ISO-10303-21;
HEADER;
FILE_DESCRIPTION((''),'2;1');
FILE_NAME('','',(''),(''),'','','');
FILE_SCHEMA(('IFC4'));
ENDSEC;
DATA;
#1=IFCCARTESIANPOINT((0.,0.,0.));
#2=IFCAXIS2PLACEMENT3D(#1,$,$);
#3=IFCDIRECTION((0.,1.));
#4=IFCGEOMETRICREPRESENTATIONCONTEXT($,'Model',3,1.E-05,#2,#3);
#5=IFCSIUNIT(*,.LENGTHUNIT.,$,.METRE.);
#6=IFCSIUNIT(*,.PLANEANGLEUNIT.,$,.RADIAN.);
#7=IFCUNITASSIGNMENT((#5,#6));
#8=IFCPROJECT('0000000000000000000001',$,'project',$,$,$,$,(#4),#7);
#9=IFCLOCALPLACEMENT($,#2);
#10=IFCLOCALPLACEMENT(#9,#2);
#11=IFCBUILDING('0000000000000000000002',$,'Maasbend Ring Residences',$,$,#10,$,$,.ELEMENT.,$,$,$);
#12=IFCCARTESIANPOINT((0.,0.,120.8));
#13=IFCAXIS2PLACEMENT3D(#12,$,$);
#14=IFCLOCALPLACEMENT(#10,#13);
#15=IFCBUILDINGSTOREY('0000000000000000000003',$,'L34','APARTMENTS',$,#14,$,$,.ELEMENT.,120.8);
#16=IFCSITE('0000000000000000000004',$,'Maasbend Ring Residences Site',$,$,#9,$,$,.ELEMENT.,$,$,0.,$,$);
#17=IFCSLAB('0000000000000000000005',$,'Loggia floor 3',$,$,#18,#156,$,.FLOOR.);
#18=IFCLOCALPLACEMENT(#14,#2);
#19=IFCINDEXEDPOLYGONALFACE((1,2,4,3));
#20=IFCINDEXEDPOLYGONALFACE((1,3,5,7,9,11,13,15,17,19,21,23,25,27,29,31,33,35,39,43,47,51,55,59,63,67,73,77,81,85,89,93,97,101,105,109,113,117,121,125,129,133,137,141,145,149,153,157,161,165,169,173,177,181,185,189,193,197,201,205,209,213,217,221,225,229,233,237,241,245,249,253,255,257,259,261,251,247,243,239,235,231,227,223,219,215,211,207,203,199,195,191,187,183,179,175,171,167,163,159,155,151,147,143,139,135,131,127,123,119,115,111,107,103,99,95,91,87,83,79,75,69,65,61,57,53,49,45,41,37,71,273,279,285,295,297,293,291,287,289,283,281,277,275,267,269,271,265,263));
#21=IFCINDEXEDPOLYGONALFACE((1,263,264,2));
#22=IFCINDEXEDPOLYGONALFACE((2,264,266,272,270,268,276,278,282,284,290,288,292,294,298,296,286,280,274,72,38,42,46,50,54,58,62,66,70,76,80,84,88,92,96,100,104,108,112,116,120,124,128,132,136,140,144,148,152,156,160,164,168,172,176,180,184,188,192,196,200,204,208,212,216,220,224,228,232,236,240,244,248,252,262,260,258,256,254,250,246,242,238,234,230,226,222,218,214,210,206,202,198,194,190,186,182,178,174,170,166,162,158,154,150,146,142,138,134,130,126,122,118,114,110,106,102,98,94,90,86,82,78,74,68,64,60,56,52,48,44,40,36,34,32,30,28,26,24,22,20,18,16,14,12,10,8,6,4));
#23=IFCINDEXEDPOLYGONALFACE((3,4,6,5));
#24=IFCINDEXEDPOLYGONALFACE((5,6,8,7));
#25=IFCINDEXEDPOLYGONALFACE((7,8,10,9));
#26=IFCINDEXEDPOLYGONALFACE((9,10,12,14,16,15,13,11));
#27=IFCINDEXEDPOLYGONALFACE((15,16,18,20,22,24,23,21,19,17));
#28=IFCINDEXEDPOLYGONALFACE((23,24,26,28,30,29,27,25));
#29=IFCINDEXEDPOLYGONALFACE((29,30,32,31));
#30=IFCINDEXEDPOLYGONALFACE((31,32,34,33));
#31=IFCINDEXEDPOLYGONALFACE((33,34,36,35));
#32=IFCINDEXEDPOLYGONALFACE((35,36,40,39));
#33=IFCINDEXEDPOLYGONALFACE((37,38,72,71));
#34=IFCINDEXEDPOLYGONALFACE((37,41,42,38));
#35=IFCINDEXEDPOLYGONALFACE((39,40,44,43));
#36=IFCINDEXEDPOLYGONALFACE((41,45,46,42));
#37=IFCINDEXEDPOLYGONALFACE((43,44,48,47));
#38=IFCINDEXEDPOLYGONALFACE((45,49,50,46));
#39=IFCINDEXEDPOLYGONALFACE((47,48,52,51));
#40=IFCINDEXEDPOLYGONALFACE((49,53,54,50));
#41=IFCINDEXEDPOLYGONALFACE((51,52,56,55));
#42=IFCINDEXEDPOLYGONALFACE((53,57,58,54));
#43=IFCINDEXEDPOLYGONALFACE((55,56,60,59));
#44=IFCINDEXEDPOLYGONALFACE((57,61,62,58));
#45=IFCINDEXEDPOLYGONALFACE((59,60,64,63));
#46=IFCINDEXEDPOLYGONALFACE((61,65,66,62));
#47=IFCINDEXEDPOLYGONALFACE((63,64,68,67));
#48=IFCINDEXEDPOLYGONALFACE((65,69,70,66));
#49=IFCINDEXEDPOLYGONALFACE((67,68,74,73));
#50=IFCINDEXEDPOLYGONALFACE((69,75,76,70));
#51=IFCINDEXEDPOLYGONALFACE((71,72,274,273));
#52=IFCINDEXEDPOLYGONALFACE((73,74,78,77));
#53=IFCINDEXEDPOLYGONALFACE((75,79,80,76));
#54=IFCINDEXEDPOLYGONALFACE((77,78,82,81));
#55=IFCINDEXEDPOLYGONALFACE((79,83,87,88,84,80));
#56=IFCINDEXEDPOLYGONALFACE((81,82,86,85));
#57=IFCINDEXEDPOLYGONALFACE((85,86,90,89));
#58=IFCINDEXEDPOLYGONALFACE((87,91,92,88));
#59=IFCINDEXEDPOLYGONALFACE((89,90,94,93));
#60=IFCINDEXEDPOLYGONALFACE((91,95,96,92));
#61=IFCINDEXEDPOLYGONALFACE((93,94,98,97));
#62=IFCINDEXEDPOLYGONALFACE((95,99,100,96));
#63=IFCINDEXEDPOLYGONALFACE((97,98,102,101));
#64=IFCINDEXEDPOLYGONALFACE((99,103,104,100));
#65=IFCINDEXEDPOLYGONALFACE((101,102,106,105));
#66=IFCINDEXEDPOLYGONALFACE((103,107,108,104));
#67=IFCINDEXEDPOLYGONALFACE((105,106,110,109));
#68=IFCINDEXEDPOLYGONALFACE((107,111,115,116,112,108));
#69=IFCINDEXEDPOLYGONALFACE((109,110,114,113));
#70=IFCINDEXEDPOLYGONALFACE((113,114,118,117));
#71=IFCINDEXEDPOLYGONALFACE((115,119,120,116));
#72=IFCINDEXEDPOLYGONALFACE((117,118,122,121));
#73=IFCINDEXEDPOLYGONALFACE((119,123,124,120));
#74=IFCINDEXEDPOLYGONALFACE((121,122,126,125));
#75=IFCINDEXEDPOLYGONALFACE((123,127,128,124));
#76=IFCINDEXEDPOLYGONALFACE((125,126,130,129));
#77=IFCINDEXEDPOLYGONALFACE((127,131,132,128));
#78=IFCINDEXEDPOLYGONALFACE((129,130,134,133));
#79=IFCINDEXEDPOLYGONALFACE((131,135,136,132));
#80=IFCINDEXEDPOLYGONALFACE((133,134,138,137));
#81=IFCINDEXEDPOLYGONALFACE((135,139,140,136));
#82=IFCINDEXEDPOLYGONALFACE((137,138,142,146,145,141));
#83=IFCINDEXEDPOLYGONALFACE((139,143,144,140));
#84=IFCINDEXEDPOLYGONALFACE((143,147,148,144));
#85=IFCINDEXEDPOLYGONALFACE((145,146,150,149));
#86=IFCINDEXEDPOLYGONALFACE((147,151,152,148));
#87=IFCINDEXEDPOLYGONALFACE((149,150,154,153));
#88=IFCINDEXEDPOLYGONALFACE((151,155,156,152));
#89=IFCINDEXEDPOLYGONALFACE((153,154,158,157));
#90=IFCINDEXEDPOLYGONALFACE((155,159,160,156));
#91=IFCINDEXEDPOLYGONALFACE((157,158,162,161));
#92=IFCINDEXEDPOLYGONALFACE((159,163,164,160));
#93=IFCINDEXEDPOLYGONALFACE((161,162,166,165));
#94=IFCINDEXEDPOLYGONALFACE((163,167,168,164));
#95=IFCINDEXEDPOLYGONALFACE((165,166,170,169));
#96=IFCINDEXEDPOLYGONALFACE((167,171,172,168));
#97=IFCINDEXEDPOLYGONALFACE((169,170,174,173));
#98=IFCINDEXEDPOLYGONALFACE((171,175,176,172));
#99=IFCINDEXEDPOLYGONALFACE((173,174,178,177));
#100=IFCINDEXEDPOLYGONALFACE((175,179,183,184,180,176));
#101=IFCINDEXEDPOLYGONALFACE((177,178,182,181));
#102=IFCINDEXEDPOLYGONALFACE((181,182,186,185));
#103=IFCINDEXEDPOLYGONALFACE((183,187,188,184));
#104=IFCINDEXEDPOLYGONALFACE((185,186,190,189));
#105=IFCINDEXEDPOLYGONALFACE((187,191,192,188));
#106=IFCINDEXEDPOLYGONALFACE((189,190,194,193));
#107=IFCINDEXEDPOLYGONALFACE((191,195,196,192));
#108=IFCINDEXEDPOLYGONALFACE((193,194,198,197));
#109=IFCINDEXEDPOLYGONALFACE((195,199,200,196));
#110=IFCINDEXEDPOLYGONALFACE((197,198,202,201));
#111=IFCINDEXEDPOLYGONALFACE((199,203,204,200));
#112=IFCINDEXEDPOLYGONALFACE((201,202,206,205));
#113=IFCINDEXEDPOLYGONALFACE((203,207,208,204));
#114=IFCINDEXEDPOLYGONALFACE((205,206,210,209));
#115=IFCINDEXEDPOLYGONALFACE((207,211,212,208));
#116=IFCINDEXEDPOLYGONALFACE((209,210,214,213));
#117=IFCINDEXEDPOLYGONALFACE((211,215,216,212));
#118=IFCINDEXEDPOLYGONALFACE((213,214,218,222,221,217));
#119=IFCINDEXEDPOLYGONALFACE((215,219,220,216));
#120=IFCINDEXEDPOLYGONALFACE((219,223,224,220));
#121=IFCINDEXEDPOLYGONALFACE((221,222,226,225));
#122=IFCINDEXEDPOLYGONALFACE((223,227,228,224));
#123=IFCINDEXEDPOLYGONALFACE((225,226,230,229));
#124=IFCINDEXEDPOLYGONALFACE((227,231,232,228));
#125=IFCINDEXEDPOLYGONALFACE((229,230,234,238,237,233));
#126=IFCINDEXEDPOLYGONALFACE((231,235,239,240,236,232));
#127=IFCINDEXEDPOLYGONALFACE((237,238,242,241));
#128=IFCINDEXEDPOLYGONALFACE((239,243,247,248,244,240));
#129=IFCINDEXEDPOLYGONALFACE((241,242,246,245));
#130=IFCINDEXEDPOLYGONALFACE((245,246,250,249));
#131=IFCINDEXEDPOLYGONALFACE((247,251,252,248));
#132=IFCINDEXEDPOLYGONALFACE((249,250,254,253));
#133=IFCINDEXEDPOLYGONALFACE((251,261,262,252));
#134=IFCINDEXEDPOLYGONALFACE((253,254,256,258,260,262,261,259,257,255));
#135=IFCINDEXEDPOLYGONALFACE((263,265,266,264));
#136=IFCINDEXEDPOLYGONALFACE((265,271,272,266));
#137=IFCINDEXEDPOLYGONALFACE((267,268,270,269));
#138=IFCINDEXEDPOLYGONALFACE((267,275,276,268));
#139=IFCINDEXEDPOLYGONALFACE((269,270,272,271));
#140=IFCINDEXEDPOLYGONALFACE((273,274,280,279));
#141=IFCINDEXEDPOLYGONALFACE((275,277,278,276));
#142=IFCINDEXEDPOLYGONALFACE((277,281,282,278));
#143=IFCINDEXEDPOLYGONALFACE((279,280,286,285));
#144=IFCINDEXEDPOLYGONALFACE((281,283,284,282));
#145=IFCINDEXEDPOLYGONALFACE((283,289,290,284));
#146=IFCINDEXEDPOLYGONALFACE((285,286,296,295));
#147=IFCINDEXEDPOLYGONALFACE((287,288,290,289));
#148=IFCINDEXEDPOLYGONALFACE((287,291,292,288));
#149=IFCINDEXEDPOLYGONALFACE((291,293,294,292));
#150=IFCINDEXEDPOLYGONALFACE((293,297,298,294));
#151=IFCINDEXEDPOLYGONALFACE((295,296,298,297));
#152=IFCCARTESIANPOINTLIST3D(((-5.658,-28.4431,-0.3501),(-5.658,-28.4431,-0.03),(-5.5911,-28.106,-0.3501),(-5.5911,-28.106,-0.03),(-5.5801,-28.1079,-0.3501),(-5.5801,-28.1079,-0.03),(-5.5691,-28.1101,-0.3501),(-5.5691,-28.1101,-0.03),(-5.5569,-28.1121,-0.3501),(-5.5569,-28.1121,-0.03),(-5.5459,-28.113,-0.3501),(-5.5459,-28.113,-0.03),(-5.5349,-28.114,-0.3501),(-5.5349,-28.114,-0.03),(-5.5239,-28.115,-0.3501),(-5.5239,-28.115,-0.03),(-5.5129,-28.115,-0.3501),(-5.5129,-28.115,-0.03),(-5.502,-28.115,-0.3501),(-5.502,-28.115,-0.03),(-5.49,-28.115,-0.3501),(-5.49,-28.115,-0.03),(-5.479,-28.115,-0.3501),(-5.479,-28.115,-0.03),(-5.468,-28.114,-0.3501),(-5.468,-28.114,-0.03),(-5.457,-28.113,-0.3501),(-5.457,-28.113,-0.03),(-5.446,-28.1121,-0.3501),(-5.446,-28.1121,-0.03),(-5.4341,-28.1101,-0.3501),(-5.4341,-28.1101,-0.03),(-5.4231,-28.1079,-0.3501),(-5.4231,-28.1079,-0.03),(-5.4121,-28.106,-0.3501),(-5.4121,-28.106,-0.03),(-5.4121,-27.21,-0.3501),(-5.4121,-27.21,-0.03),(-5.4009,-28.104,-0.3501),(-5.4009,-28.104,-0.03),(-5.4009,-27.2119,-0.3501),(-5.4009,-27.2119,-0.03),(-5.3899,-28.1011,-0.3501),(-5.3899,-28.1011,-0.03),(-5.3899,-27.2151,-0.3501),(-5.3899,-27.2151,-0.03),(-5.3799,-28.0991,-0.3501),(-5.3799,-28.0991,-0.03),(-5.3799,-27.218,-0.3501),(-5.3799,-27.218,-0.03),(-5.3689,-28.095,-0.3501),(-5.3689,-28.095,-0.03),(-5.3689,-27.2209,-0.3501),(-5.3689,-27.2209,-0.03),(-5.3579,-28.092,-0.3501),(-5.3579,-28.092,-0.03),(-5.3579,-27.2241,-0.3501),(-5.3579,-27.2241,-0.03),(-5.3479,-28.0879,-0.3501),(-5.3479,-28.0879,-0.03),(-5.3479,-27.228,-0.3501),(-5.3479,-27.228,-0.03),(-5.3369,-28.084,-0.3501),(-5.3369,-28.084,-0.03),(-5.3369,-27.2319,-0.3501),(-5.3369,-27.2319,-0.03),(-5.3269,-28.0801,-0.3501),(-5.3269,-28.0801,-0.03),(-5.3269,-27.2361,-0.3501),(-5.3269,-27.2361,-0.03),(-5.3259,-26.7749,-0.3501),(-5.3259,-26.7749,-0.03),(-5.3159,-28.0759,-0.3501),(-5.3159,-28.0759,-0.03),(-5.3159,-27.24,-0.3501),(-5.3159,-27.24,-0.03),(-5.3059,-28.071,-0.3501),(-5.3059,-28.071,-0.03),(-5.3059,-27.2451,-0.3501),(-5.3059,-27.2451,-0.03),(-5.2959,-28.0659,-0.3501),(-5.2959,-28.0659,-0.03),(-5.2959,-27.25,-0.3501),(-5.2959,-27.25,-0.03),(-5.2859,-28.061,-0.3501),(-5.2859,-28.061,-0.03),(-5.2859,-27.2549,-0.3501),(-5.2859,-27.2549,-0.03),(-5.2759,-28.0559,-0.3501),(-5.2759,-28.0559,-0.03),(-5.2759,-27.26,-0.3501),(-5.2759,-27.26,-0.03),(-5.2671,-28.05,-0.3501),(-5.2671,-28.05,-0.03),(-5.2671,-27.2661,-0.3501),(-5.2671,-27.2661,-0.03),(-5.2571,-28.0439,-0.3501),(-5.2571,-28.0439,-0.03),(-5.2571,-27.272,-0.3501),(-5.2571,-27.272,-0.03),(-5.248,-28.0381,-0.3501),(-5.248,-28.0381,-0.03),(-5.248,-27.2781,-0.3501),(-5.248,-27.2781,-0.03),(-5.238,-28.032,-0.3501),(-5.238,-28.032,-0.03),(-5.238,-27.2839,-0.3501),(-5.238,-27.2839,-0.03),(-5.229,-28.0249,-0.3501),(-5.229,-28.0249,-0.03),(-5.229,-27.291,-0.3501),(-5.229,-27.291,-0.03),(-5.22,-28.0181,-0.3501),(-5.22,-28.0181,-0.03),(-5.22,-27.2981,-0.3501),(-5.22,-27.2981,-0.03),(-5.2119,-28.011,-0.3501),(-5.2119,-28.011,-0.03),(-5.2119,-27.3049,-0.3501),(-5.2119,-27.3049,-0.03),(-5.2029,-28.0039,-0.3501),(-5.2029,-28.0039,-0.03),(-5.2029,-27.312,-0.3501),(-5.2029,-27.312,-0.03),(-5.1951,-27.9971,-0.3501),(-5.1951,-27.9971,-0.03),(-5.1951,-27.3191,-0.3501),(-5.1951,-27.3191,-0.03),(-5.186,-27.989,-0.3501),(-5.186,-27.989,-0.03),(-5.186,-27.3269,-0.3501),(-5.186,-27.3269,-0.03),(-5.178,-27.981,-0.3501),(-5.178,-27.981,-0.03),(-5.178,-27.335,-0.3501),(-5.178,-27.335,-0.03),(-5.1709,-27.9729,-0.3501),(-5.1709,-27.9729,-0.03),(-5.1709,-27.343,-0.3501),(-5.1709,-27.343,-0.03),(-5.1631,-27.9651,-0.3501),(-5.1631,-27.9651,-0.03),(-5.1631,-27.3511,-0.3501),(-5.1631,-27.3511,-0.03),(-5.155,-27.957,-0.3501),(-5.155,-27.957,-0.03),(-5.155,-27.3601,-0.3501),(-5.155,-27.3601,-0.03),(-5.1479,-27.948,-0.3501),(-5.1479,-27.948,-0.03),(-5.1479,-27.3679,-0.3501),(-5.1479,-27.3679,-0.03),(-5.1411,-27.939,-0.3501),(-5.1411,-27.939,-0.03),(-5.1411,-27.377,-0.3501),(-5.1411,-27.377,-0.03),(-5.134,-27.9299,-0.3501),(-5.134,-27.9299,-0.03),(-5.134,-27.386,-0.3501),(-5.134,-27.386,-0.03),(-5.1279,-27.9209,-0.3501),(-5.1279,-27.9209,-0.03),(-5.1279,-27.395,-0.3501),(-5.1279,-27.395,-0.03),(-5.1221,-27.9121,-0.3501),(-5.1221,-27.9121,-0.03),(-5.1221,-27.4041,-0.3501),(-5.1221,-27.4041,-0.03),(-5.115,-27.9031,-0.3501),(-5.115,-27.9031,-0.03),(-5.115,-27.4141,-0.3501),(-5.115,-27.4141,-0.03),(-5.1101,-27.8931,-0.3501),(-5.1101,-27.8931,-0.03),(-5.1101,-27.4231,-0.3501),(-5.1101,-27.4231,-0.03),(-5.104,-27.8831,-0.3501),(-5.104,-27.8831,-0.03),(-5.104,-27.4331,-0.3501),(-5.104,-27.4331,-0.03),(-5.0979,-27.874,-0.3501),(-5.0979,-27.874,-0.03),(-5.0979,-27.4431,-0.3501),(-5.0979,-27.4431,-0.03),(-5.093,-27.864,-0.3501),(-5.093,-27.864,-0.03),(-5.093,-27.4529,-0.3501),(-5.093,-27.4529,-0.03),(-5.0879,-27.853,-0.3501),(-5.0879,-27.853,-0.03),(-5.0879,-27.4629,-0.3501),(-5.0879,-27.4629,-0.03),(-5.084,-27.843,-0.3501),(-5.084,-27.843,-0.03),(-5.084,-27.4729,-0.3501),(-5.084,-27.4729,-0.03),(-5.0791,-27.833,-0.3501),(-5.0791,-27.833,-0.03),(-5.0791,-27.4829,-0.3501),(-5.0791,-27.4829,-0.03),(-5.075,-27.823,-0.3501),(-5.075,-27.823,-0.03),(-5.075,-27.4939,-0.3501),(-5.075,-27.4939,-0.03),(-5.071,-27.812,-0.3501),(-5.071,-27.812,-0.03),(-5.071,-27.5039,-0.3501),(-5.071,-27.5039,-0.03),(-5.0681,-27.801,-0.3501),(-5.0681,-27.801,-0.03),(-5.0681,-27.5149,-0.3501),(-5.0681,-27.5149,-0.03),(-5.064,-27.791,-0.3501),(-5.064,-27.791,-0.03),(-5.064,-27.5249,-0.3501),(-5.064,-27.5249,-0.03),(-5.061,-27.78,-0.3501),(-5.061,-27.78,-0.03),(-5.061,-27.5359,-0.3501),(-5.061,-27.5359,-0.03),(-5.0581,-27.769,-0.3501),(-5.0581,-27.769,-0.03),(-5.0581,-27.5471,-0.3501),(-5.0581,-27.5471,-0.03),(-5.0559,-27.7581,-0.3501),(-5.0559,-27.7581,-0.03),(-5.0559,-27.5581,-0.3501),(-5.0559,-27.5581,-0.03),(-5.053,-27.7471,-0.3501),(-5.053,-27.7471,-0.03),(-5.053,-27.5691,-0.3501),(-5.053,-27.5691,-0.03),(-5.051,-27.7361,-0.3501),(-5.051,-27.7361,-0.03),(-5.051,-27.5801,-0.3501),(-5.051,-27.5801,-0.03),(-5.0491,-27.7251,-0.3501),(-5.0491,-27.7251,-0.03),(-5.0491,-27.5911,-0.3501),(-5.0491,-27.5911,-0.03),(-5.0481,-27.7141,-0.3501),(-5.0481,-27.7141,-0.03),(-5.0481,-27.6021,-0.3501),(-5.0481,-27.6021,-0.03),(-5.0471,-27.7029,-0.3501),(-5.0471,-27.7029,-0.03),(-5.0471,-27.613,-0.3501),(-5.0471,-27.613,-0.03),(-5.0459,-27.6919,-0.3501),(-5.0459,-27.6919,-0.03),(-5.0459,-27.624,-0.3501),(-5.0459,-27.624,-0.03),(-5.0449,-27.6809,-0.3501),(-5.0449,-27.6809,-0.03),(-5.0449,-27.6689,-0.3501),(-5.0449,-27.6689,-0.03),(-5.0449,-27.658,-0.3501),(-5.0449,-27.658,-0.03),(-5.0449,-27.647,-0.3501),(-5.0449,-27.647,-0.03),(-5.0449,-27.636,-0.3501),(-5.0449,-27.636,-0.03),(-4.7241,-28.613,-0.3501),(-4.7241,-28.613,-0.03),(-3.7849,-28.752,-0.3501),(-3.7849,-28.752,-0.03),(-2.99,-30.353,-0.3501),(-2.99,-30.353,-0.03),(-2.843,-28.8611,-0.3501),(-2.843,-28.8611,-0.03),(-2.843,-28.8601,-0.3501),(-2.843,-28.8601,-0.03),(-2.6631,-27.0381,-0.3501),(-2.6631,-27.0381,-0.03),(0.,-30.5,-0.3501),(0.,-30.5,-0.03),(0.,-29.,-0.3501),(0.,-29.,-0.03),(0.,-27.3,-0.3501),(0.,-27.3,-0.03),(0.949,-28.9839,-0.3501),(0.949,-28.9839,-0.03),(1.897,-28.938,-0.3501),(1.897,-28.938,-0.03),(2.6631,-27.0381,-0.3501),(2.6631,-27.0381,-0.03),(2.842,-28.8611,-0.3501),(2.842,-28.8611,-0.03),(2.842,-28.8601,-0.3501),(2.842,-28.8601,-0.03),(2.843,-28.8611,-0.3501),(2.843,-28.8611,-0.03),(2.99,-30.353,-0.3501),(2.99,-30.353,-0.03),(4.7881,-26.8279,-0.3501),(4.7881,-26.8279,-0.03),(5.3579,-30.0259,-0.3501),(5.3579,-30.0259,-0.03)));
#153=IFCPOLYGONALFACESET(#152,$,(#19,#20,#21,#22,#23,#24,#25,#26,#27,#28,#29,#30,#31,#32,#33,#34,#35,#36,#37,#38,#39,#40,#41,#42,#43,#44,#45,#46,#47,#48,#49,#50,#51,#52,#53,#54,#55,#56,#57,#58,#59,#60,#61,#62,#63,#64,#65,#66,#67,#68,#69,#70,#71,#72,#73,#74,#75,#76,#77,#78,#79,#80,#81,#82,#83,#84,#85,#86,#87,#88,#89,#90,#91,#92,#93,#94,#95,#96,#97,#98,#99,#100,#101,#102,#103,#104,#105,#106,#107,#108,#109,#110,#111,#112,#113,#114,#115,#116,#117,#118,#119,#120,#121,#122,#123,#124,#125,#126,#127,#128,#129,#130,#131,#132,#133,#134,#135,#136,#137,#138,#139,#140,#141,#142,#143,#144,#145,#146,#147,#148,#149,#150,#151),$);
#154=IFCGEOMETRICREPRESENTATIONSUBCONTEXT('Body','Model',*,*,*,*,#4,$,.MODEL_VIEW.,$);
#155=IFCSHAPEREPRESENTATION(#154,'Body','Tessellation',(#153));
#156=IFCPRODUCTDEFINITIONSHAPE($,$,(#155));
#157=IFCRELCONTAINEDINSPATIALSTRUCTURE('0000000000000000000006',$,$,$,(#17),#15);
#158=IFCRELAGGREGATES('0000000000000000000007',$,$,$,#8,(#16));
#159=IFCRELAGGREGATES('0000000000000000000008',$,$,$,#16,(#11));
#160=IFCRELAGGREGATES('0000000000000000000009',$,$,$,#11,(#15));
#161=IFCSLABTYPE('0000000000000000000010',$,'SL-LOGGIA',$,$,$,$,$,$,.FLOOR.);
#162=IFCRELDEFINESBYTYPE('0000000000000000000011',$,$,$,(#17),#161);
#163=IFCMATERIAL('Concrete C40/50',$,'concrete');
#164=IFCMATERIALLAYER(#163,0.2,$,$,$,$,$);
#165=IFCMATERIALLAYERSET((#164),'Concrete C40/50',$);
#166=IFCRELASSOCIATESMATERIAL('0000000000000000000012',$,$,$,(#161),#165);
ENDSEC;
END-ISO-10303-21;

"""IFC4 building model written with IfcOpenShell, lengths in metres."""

from ifc_helpers import new_model, si_unit, direction, frame, origin, place, context, subcontext, project, spatial, polyline, outline, extrude, material, layer, layer_set, type_object, element, save


model = new_model("IFC4")

# Units and contexts
model_context = context("Model", 3, precision=1e-05, world=origin(), true_north=direction((0.0, 1.0)))
body_context = subcontext(model_context, "Body", "Model", "MODEL_VIEW")
ifc_project = project(units=[si_unit("LENGTHUNIT", "METRE"), si_unit("PLANEANGLEUNIT", "RADIAN")], contexts=[model_context])

# Site, building, storey
site_placement = place(None, origin())
site = spatial("IfcSite", under=ifc_project, at=site_placement, Name="Maasbend Ring Residences Site", CompositionType="ELEMENT", RefElevation=0.0)
building_placement = place(site_placement, origin())
building = spatial("IfcBuilding", under=site, at=building_placement, Name="Maasbend Ring Residences", CompositionType="ELEMENT")
storey_placement = place(building_placement, frame((0.0, 0.0, 120.8)))
storey = spatial("IfcBuildingStorey", under=building, at=storey_placement, Name="L34", Description="APARTMENTS", CompositionType="ELEMENT", Elevation=120.8)

# Slab
ifc_material_1 = material(Name="Concrete C40/50", Category="concrete")
ifc_layer_1 = layer(ifc_material_1, 0.2)
ifc_layer_set_1 = layer_set([ifc_layer_1], Name="Concrete C40/50")
slab_type = type_object("IfcSlabType", Name="SL-LOGGIA", PredefinedType="FLOOR", material=ifc_layer_set_1)
slab_1_placement = place(storey_placement, frame((0.0, 0.0, -0.3501)))
element("IfcSlab", 1, at=slab_1_placement, inside=storey, type_object=slab_type, Name="Loggia floor 3", PredefinedType="FLOOR", context=body_context, shape_type="SweptSolid", body=[
    extrude(outline(polyline([(-2.6631, -27.0381), (0.0, -27.3), (0.0, -27.3), (0.0, -27.3), (2.6631, -27.0381), (4.7881, -26.8279), (4.7881, -26.8279), (4.7881, -26.8279), (5.3579, -30.0259), (5.3579, -30.0259), (5.3579, -30.0259), (2.99, -30.353), (2.99, -30.353), (2.99, -30.353), (2.843, -28.8611), (2.843, -28.8611), (2.843, -28.8611), (2.843, -28.8611), (2.842, -28.8611), (2.842, -28.8611), (2.842, -28.8611), (2.842, -28.8611), (2.842, -28.8611), (2.842, -28.8601), (2.842, -28.8601), (2.842, -28.8601), (2.842, -28.8601), (2.842, -28.8601), (2.842, -28.8601), (2.842, -28.8601), (2.842, -28.8601), (1.897, -28.938), (1.897, -28.938), (0.949, -28.9839), (0.949, -28.9839), (0.0, -29.0), (0.0, -29.0), (0.0, -29.0), (0.0, -29.0), (0.0, -29.0), (0.0, -29.0), (0.0, -29.0), (0.0, -29.0), (0.0, -29.0), (0.0, -29.0), (0.0, -29.0), (0.0, -29.0), (0.0, -29.0), (0.0, -29.0), (0.0, -29.0), (0.0, -29.0), (0.0, -29.0), (0.0, -30.5), (0.0, -30.5), (0.0, -30.5), (-2.99, -30.353), (-2.99, -30.353), (-2.99, -30.353), (-2.843, -28.8611), (-2.843, -28.8611), (-2.843, -28.8611), (-2.843, -28.8611), (-2.843, -28.8611), (-2.843, -28.8611), (-2.843, -28.8611), (-2.843, -28.8611), (-2.843, -28.8601), (-2.843, -28.8601), (-2.843, -28.8601), (-2.843, -28.8601), (-2.843, -28.8601), (-2.843, -28.8601), (-2.843, -28.8601), (-2.843, -28.8601), (-2.843, -28.8601), (-3.7849, -28.752), (-3.7849, -28.752), (-4.7241, -28.613), (-4.7241, -28.613), (-5.658, -28.4431), (-5.658, -28.4431), (-5.658, -28.4431), (-5.5911, -28.106), (-5.5911, -28.106), (-5.5801, -28.1079), (-5.5691, -28.1101), (-5.5569, -28.1121), (-5.5459, -28.113), (-5.5349, -28.114), (-5.5239, -28.115), (-5.5129, -28.115), (-5.502, -28.115), (-5.49, -28.115), (-5.479, -28.115), (-5.468, -28.114), (-5.457, -28.113), (-5.446, -28.1121), (-5.4341, -28.1101), (-5.4231, -28.1079), (-5.4121, -28.106), (-5.4009, -28.104), (-5.3899, -28.1011), (-5.3799, -28.0991), (-5.3689, -28.095), (-5.3579, -28.092), (-5.3479, -28.0879), (-5.3369, -28.084), (-5.3269, -28.0801), (-5.3159, -28.0759), (-5.3059, -28.071), (-5.2959, -28.0659), (-5.2859, -28.061), (-5.2759, -28.0559), (-5.2671, -28.05), (-5.2571, -28.0439), (-5.248, -28.0381), (-5.238, -28.032), (-5.229, -28.0249), (-5.22, -28.0181), (-5.2119, -28.011), (-5.2029, -28.0039), (-5.1951, -27.9971), (-5.186, -27.989), (-5.178, -27.981), (-5.1709, -27.9729), (-5.1631, -27.9651), (-5.155, -27.957), (-5.1479, -27.948), (-5.1411, -27.939), (-5.134, -27.9299), (-5.1279, -27.9209), (-5.1221, -27.9121), (-5.115, -27.9031), (-5.1101, -27.8931), (-5.104, -27.8831), (-5.0979, -27.874), (-5.093, -27.864), (-5.0879, -27.853), (-5.084, -27.843), (-5.0791, -27.833), (-5.075, -27.823), (-5.071, -27.812), (-5.0681, -27.801), (-5.064, -27.791), (-5.061, -27.78), (-5.0581, -27.769), (-5.0559, -27.7581), (-5.053, -27.7471), (-5.051, -27.7361), (-5.0491, -27.7251), (-5.0481, -27.7141), (-5.0471, -27.7029), (-5.0459, -27.6919), (-5.0449, -27.6809), (-5.0449, -27.6689), (-5.0449, -27.658), (-5.0449, -27.647), (-5.0449, -27.636), (-5.0459, -27.624), (-5.0471, -27.613), (-5.0481, -27.6021), (-5.0491, -27.5911), (-5.051, -27.5801), (-5.053, -27.5691), (-5.0559, -27.5581), (-5.0581, -27.5471), (-5.061, -27.5359), (-5.064, -27.5249), (-5.0681, -27.5149), (-5.071, -27.5039), (-5.075, -27.4939), (-5.0791, -27.4829), (-5.084, -27.4729), (-5.0879, -27.4629), (-5.093, -27.4529), (-5.0979, -27.4431), (-5.104, -27.4331), (-5.1101, -27.4231), (-5.115, -27.4141), (-5.1221, -27.4041), (-5.1279, -27.395), (-5.134, -27.386), (-5.1411, -27.377), (-5.1479, -27.3679), (-5.155, -27.3601), (-5.1631, -27.3511), (-5.1709, -27.343), (-5.178, -27.335), (-5.186, -27.3269), (-5.1951, -27.3191), (-5.2029, -27.312), (-5.2119, -27.3049), (-5.22, -27.2981), (-5.229, -27.291), (-5.238, -27.2839), (-5.248, -27.2781), (-5.2571, -27.272), (-5.2671, -27.2661), (-5.2759, -27.26), (-5.2859, -27.2549), (-5.2959, -27.25), (-5.3059, -27.2451), (-5.3159, -27.24), (-5.3269, -27.2361), (-5.3369, -27.2319), (-5.3479, -27.228), (-5.3579, -27.2241), (-5.3689, -27.2209), (-5.3799, -27.218), (-5.3899, -27.2151), (-5.4009, -27.2119), (-5.4121, -27.21), (-5.4121, -27.21), (-5.3259, -26.7749), (-5.3259, -26.7749), (-5.3259, -26.7749), (-2.6631, -27.0381)])), origin(), (0.0, 0.0, 1.0), 0.3201),
])

save(model, "model.ifc")
